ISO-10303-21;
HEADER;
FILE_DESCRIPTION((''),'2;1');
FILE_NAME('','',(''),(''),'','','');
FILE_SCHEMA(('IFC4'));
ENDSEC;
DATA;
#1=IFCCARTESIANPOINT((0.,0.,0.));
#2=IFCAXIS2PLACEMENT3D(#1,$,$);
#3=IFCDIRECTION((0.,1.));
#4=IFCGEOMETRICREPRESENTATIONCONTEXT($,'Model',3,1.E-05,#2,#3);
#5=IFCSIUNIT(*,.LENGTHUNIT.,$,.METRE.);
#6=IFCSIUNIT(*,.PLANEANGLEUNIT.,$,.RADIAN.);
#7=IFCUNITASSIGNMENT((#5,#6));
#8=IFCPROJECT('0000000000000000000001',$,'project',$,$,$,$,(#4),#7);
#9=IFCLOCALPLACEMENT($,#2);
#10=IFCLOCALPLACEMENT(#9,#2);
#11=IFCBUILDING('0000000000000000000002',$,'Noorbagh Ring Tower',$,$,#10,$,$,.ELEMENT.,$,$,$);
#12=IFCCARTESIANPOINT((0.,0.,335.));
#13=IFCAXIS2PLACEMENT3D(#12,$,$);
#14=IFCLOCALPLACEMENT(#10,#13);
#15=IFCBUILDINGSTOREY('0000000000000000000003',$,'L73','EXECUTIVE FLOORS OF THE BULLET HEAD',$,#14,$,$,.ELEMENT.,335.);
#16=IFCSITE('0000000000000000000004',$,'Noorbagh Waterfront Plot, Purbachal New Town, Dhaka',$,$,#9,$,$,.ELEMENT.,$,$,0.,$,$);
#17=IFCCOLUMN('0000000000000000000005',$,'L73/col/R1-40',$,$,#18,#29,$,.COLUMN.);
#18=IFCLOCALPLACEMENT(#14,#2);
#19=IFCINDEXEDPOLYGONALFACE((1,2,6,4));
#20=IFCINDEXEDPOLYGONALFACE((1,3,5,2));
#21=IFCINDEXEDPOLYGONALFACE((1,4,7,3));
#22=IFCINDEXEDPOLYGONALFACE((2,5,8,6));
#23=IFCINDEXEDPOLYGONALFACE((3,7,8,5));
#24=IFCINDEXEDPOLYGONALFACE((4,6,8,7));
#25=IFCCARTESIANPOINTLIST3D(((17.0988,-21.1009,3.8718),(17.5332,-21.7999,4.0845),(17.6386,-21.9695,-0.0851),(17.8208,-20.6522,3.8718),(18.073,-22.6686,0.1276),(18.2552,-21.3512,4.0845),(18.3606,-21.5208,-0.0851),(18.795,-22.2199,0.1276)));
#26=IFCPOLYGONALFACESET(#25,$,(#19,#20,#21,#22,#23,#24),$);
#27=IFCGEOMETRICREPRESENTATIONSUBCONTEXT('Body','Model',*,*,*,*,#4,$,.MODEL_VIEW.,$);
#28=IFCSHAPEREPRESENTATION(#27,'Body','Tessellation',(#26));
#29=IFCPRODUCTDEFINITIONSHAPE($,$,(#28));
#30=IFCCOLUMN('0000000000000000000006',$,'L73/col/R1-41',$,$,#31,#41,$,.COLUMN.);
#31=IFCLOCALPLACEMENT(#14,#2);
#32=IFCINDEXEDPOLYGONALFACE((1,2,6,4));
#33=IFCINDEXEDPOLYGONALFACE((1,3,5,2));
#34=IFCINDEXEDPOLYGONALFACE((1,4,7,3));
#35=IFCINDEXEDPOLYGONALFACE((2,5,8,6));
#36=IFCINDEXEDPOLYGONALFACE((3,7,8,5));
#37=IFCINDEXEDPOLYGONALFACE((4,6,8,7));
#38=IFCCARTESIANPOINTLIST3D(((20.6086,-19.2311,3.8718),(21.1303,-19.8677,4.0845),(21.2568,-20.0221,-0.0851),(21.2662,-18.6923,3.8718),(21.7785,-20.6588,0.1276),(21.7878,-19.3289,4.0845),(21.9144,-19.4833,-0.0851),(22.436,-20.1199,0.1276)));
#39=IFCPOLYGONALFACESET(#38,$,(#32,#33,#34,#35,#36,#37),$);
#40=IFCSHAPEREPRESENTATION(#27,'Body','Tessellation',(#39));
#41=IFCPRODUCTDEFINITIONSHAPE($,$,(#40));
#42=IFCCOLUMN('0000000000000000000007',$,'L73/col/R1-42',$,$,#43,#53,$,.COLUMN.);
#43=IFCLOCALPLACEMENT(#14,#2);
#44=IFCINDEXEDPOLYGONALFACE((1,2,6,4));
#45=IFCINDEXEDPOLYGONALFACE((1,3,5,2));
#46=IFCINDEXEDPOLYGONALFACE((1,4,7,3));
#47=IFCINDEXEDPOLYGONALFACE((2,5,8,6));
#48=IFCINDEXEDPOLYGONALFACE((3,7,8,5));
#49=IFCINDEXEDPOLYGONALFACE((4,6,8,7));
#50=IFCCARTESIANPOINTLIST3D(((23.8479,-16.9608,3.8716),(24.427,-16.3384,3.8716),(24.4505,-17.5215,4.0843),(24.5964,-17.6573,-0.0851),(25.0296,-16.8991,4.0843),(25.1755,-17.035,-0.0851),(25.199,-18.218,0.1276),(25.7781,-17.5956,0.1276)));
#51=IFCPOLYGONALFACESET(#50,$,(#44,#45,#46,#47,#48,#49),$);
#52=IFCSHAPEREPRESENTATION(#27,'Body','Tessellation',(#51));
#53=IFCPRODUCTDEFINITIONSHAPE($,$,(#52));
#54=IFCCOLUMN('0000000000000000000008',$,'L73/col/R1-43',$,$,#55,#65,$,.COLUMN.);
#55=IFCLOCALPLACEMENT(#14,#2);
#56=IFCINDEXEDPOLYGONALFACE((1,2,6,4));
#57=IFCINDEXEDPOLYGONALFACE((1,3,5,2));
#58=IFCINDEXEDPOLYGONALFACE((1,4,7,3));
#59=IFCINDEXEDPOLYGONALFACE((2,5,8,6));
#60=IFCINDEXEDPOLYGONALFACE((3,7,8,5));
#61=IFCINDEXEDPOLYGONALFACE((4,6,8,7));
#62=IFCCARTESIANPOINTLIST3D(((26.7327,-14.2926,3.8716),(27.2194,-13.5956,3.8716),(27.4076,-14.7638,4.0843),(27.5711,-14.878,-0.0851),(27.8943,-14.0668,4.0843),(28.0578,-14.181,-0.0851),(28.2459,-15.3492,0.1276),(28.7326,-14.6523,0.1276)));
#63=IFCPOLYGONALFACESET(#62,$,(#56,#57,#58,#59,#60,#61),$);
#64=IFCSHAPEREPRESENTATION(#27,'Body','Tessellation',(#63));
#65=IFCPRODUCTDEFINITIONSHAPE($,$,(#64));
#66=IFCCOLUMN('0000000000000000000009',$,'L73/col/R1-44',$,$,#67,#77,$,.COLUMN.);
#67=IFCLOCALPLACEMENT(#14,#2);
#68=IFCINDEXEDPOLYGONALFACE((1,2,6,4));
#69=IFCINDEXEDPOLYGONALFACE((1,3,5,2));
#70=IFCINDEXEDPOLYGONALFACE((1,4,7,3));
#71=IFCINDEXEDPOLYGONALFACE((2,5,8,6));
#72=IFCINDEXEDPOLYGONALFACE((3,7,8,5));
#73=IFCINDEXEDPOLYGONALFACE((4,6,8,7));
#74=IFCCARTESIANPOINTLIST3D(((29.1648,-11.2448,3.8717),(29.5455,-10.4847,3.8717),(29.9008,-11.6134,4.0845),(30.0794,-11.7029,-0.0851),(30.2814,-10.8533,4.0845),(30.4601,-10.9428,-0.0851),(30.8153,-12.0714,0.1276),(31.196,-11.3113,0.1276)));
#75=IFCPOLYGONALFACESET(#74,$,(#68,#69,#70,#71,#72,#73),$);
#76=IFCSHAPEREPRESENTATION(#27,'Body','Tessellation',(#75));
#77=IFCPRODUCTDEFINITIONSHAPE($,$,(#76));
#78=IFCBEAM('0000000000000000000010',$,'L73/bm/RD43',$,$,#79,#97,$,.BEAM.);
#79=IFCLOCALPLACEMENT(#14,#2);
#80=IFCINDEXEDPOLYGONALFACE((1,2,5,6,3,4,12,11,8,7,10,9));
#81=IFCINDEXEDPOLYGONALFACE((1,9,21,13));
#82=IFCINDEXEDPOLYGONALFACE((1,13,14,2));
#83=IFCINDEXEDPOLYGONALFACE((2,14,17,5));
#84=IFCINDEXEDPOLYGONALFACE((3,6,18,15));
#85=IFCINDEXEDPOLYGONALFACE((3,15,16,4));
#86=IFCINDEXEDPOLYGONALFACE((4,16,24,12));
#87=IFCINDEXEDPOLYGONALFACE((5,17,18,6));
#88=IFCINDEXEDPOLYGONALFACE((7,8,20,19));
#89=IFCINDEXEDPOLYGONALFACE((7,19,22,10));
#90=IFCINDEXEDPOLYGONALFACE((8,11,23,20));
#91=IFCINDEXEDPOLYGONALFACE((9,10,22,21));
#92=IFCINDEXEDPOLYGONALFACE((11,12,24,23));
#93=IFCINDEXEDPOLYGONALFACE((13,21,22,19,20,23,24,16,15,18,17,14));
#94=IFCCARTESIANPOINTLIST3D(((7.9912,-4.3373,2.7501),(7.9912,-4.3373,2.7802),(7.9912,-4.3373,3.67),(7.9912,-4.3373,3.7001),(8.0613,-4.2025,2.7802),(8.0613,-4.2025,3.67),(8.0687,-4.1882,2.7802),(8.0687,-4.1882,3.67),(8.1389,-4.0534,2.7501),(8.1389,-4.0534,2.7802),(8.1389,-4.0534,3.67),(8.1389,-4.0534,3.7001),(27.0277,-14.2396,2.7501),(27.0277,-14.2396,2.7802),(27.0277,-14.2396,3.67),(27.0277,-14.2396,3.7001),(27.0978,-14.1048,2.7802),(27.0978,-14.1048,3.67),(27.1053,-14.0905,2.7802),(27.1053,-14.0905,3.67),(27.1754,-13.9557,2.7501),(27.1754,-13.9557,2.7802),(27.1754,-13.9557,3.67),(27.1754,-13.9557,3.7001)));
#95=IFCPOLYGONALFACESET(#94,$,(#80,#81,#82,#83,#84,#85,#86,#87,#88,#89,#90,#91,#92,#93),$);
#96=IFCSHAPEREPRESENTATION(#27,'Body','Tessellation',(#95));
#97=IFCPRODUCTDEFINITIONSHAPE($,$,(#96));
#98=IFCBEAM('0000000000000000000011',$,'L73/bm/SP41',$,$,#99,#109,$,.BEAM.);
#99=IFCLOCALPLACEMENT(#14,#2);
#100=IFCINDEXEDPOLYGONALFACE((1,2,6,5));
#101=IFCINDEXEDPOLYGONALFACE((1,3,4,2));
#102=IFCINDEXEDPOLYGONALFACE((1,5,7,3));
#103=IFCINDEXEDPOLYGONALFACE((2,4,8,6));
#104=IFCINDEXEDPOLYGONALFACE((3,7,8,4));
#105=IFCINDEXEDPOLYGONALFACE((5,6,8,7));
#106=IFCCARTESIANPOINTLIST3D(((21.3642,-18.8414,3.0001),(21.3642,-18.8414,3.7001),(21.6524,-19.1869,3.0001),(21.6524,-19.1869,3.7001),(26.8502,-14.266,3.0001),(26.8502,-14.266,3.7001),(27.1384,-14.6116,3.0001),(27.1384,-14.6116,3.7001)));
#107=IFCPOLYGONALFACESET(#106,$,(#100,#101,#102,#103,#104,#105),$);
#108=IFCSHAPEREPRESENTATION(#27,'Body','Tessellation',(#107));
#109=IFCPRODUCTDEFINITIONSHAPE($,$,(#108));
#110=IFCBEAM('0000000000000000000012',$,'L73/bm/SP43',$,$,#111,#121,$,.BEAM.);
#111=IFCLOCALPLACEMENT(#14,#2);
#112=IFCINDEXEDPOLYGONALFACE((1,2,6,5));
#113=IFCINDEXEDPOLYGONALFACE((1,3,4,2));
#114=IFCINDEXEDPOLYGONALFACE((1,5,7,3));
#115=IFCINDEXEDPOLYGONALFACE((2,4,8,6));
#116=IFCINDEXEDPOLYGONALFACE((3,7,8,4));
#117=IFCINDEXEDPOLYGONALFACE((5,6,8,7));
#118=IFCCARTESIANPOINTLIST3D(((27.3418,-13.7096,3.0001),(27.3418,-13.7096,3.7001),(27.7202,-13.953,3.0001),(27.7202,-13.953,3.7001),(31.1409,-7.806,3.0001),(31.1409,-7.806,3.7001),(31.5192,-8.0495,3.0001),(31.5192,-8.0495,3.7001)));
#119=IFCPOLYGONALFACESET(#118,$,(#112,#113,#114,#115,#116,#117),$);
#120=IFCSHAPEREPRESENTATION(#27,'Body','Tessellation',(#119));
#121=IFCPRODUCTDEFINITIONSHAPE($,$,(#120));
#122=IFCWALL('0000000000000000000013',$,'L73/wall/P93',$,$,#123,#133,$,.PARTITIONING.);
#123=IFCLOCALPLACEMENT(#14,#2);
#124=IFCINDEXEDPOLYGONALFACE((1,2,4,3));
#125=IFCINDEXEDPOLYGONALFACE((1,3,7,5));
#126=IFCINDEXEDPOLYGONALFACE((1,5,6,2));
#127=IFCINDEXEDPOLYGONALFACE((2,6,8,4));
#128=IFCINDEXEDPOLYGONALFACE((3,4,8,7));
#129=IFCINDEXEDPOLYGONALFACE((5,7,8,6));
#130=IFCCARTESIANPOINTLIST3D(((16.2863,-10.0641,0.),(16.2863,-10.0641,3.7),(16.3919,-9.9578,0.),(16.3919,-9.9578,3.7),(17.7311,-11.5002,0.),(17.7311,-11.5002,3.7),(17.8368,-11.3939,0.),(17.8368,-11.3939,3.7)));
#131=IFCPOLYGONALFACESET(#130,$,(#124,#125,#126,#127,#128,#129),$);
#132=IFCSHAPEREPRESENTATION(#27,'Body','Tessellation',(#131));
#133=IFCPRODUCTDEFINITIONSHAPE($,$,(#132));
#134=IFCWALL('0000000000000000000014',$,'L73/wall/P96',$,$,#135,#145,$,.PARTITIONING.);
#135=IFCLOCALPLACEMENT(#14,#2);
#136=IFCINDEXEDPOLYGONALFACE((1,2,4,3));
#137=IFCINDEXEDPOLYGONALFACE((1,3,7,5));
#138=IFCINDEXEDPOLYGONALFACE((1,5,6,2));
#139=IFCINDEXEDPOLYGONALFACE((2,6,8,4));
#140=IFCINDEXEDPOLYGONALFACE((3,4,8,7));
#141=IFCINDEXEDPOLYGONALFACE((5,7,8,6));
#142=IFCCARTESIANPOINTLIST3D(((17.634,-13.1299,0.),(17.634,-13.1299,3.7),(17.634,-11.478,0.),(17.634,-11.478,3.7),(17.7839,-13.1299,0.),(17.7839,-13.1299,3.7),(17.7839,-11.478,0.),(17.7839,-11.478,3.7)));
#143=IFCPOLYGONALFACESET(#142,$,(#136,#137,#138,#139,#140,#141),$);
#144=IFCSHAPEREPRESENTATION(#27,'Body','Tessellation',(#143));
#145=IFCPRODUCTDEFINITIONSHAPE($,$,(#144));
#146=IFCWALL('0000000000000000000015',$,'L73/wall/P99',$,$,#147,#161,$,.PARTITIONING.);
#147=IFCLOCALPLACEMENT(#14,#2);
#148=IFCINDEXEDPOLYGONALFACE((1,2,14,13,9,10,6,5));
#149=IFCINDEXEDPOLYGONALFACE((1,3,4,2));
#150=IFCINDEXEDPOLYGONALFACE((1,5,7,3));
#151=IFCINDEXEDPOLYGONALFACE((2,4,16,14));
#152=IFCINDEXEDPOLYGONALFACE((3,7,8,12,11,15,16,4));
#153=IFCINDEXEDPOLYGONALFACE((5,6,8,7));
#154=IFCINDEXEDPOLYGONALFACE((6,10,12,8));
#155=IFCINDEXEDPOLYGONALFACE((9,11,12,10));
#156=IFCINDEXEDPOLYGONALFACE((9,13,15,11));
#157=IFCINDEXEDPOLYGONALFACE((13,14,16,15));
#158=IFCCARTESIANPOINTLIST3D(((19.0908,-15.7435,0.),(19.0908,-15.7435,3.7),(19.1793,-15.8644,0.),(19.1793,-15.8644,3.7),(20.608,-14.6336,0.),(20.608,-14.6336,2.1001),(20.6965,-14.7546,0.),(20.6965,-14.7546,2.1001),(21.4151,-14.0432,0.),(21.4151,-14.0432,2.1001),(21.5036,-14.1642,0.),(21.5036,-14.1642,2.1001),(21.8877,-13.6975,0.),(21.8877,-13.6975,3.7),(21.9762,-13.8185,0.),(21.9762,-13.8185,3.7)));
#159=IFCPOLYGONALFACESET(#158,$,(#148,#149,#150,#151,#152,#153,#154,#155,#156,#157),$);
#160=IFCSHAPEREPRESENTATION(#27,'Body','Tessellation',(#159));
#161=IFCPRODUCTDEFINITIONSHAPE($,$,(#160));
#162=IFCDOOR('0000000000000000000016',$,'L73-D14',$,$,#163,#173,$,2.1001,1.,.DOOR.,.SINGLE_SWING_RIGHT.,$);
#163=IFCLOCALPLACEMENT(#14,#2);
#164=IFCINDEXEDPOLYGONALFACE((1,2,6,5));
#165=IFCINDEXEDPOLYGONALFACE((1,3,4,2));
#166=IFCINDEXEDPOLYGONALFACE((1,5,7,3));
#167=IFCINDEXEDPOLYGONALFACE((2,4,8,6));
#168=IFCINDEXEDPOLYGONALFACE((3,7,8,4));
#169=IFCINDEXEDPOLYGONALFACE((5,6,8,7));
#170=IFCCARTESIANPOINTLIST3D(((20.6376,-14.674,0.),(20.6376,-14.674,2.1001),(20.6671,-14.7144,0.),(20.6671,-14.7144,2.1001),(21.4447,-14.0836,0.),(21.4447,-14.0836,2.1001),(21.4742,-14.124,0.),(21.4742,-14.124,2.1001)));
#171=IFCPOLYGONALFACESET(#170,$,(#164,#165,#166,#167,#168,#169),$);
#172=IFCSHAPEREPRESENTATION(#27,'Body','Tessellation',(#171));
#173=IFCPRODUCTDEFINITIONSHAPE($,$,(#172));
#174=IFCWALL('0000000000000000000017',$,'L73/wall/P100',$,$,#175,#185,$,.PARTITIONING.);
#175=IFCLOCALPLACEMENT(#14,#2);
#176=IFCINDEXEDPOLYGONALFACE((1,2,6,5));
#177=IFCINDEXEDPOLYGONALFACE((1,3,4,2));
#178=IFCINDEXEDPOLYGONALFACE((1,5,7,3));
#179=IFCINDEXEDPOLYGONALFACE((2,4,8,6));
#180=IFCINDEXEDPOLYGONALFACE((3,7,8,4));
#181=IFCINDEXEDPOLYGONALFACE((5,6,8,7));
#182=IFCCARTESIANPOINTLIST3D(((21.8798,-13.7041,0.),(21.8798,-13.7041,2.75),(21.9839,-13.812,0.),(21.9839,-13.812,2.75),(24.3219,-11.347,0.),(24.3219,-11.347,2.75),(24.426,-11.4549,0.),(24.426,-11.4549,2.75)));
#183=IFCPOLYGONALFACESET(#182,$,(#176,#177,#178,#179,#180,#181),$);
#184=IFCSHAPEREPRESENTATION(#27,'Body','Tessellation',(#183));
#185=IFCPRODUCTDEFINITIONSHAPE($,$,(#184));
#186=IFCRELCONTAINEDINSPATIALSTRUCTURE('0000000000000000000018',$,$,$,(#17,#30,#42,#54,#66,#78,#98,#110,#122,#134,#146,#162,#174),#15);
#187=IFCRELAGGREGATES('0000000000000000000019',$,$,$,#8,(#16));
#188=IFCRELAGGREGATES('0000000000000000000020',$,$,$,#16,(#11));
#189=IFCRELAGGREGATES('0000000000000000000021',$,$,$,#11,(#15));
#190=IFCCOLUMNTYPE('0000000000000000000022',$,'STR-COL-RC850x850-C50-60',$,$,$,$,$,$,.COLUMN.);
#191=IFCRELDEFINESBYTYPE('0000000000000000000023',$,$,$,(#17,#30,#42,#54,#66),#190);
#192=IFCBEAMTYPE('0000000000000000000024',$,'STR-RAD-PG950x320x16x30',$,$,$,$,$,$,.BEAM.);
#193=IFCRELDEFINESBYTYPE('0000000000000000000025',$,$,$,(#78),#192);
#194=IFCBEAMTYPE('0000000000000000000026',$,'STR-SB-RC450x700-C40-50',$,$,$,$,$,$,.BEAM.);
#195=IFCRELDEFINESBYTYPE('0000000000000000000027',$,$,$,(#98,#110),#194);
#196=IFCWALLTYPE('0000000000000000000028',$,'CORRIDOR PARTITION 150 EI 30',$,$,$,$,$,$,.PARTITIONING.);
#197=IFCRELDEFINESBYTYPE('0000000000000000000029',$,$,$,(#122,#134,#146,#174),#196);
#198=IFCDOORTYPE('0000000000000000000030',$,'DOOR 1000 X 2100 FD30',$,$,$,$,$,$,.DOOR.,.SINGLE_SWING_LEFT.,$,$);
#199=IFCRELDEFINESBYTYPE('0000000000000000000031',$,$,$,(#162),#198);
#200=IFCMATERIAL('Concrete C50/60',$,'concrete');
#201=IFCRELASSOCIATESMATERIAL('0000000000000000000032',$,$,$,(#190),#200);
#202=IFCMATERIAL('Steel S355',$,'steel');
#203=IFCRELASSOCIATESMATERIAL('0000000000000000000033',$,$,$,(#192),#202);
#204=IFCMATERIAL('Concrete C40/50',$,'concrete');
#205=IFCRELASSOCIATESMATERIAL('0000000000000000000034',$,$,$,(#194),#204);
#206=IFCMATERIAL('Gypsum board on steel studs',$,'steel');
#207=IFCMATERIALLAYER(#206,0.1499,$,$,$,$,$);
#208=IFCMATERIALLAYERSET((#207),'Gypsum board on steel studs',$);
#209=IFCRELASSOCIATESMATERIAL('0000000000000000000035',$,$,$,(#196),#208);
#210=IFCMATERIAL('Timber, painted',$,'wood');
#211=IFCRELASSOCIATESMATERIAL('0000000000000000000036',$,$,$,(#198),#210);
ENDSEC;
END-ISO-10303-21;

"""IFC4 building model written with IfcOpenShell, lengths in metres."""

from ifc_helpers import new_model, si_unit, direction, frame, frame_2d, origin, origin_2d, place, context, subcontext, project, spatial, rectangle, i_section, extrude, material, layer, layer_set, material_profile, profile_set, type_object, element, fill, save


model = new_model("IFC4")

# Units and contexts
model_context = context("Model", 3, precision=1e-05, world=origin(), true_north=direction((0.0, 1.0)))
body_context = subcontext(model_context, "Body", "Model", "MODEL_VIEW")
ifc_project = project(units=[si_unit("LENGTHUNIT", "METRE"), si_unit("PLANEANGLEUNIT", "RADIAN")], contexts=[model_context])

# Site, building, storey
site_placement = place(None, origin())
site = spatial("IfcSite", under=ifc_project, at=site_placement, Name="Noorbagh Waterfront Plot, Purbachal New Town, Dhaka", CompositionType="ELEMENT", RefElevation=0.0)
building_placement = place(site_placement, origin())
building = spatial("IfcBuilding", under=site, at=building_placement, Name="Noorbagh Ring Tower", CompositionType="ELEMENT")
storey_placement = place(building_placement, frame((0.0, 0.0, 335.0)))
storey = spatial("IfcBuildingStorey", under=building, at=storey_placement, Name="L73", Description="EXECUTIVE FLOORS OF THE BULLET HEAD", CompositionType="ELEMENT", Elevation=335.0)

# Columns
ifc_material_1 = material(Name="Concrete C50/60", Category="concrete")
ifc_material_profile_1 = material_profile(ifc_material_1, rectangle(XDim=0.8501, YDim=0.8501, at=origin_2d()), Name="RC850x850")
ifc_profile_set_1 = profile_set([ifc_material_profile_1], Name="Concrete C50/60")
column_type = type_object("IfcColumnType", Name="STR-COL-RC850x850-C50-60", PredefinedType="COLUMN", material=ifc_profile_set_1)
for number, where, z_axis, x_axis, name in (
    (1, (18.2168, -22.0947, 0.0212), (-0.132082, 0.21255, 0.968182), (-0.849363, -0.527808, 0.0), "L73/col/R1-40"),
    (2, (21.8464, -20.071, 0.0212), (-0.158606, 0.193553, 0.968184), (-0.773478, -0.633823, 0.0), "L73/col/R1-41"),
):
    element("IfcColumn", number, at=place(storey_placement, frame(where, z_axis=z_axis, x_axis=x_axis)), inside=storey, type_object=column_type, Name=name, PredefinedType="COLUMN", context=body_context, shape_type="SweptSolid", body=[
        extrude(rectangle(XDim=0.8501, YDim=0.8501, at=origin_2d()), origin(), (0.0, 0.0, 1.0), 4.0869),
    ])
for number, where, z_axis, x_axis, name in (
    (3, (25.1873, -17.6265, 0.0212), (-0.183161, 0.170436, 0.968196), (-0.68122, -0.732079, 0.0), "L73/col/R1-42"),
    (4, (28.1519, -14.7651, 0.0212), (-0.205144, 0.143254, 0.968191), (-0.572533, -0.819882, 0.0), "L73/col/R1-43"),
):
    element("IfcColumn", number, at=place(storey_placement, frame(where, z_axis=z_axis, x_axis=x_axis)), inside=storey, type_object=column_type, Name=name, PredefinedType="COLUMN", context=body_context, shape_type="SweptSolid", body=[
        extrude(rectangle(XDim=0.8501, YDim=0.8501, at=origin_2d()), origin(), (0.0, 0.0, 1.0), 4.0867),
    ])
column_placement = place(storey_placement, frame((30.6377, -11.5071, 0.0212), z_axis=(-0.223779, 0.112069, 0.968175), x_axis=(-0.447786, -0.894141, 0.0)))
element("IfcColumn", 5, at=column_placement, inside=storey, type_object=column_type, Name="L73/col/R1-44", PredefinedType="COLUMN", context=body_context, shape_type="SweptSolid", body=[
    extrude(rectangle(XDim=0.8501, YDim=0.8501, at=origin_2d()), origin(), (0.0, 0.0, 1.0), 4.0869),
])

# Beams
ifc_material_2 = material(Name="Steel S355", Category="steel")
ifc_material_profile_2 = material_profile(ifc_material_2, i_section(OverallWidth=0.3201, OverallDepth=0.95, WebThickness=0.0161, FlangeThickness=0.03, at=origin_2d()), Name="PG950x320x16x30")
ifc_profile_set_2 = profile_set([ifc_material_profile_2], Name="Steel S355")
beam_type_1 = type_object("IfcBeamType", Name="STR-RAD-PG950x320x16x30", PredefinedType="BEAM", material=ifc_profile_set_2)
beam_1_placement = place(storey_placement, frame((27.1016, -14.0977, 3.2251), z_axis=(-0.887154, 0.461474, 0.0), x_axis=(-0.461474, -0.887154, 0.0)))
element("IfcBeam", 6, at=beam_1_placement, inside=storey, type_object=beam_type_1, Name="L73/bm/RD43", PredefinedType="BEAM", context=body_context, shape_type="SweptSolid", body=[
    extrude(i_section(OverallWidth=0.3201, OverallDepth=0.95, WebThickness=0.0161, FlangeThickness=0.03, at=origin_2d()), origin(), (0.0, 0.0, 1.0), 21.458),
])
ifc_material_3 = material(Name="Concrete C40/50", Category="concrete")
ifc_material_profile_3 = material_profile(ifc_material_3, rectangle(XDim=0.45, YDim=0.7, at=origin_2d()), Name="RC450x700")
ifc_profile_set_3 = profile_set([ifc_material_profile_3], Name="Concrete C40/50")
beam_type_2 = type_object("IfcBeamType", Name="STR-SB-RC450x700-C40-50", PredefinedType="BEAM", material=ifc_profile_set_3)
beam_2_placement = place(storey_placement, frame((21.5083, -19.0142, 3.3501), z_axis=(0.767966, 0.64049, 0.0), x_axis=(-0.64049, 0.767966, 0.0)))
element("IfcBeam", 7, at=beam_2_placement, inside=storey, type_object=beam_type_2, Name="L73/bm/SP41", PredefinedType="BEAM", context=body_context, shape_type="SweptSolid", body=[
    extrude(rectangle(XDim=0.45, YDim=0.7, at=origin_2d()), origin(), (0.0, 0.0, 1.0), 7.1436),
])
beam_3_placement = place(storey_placement, frame((27.531, -13.8313, 3.3501), z_axis=(0.541153, 0.840924, 0.0), x_axis=(-0.840924, 0.541153, 0.0)))
element("IfcBeam", 8, at=beam_3_placement, inside=storey, type_object=beam_type_2, Name="L73/bm/SP43", PredefinedType="BEAM", context=body_context, shape_type="SweptSolid", body=[
    extrude(rectangle(XDim=0.45, YDim=0.7, at=origin_2d()), origin(), (0.0, 0.0, 1.0), 7.0203),
])

# Walls
ifc_material_4 = material(Name="Gypsum board on steel studs", Category="steel")
ifc_layer_1 = layer(ifc_material_4, 0.1499)
ifc_layer_set_1 = layer_set([ifc_layer_1], Name="Gypsum board on steel studs")
wall_type_1 = type_object("IfcWallType", Name="CORRIDOR PARTITION 150 EI 30", PredefinedType="PARTITIONING", material=ifc_layer_set_1)
wall_1_placement = place(storey_placement, frame((16.3391, -10.011, 0.0), z_axis=(0.0, 0.0, 1.0), x_axis=(0.709261, -0.704946, 0.0)))
element("IfcWall", 9, at=wall_1_placement, inside=storey, type_object=wall_type_1, Name="L73/wall/P93", PredefinedType="PARTITIONING", context=body_context, shape_type="SweptSolid", body=[
    extrude(rectangle(XDim=2.0371, YDim=0.1499, at=frame_2d((1.0186, 0.0))), origin(), (0.0, 0.0, 1.0), 3.7),
])
wall_2_placement = place(storey_placement, frame((17.709, -13.1299, 0.0), z_axis=(0.0, 0.0, 1.0), x_axis=(0.0, 1.0, 0.0)))
element("IfcWall", 10, at=wall_2_placement, inside=storey, type_object=wall_type_1, Name="L73/wall/P96", PredefinedType="PARTITIONING", context=body_context, shape_type="SweptSolid", body=[
    extrude(rectangle(XDim=1.6519, YDim=0.1499, at=frame_2d((0.8259, 0.0))), origin(), (0.0, 0.0, 1.0), 3.7),
])

# Wall, opening, door
wall_3_placement = place(storey_placement, frame((19.135, -15.804, 0.0), z_axis=(0.0, 0.0, 1.0), x_axis=(0.807112, 0.590398, 0.0)))
wall_3 = element("IfcWall", 11, at=wall_3_placement, inside=storey, type_object=wall_type_1, Name="L73/wall/P99", PredefinedType="PARTITIONING", context=body_context, shape_type="SweptSolid", body=[
    extrude(rectangle(XDim=3.4653, YDim=0.1499, at=frame_2d((1.7327, 0.0))), origin(), (0.0, 0.0, 1.0), 3.7),
])
opening_placement = place(wall_3_placement, frame((1.8799, 0.0, 0.0)))
opening = element("IfcOpeningElement", 12, at=opening_placement, cuts=wall_3, PredefinedType="OPENING", context=body_context, shape_type="SweptSolid", body=[
    extrude(rectangle(XDim=1.0, YDim=2.1001, at=frame_2d((0.5, 1.05))), frame((0.0, 0.085, 0.0), z_axis=(0.0, -1.0, 0.0), x_axis=(1.0, 0.0, 0.0)), (0.0, 0.0, 1.0), 0.1699),
])
ifc_material_5 = material(Name="Timber, painted", Category="wood")
door_type = type_object("IfcDoorType", Name="DOOR 1000 X 2100 FD30", OperationType="SINGLE_SWING_LEFT", PredefinedType="DOOR", material=ifc_material_5)
door_placement = place(opening_placement, origin())
door = element("IfcDoor", 13, at=door_placement, inside=storey, type_object=door_type, Name="L73-D14", OperationType="SINGLE_SWING_RIGHT", OverallHeight=2.1001, OverallWidth=1.0, PredefinedType="DOOR", context=body_context, shape_type="SweptSolid", body=[
    extrude(rectangle(XDim=1.0, YDim=2.1001, at=frame_2d((0.5, 1.05))), frame((0.0, 0.0249, 0.0), z_axis=(0.0, -1.0, 0.0), x_axis=(1.0, 0.0, 0.0)), (0.0, 0.0, 1.0), 0.05),
])
fill(opening, door)

# Wall
wall_4_placement = place(storey_placement, frame((21.9319, -13.7581, 0.0), z_axis=(0.0, 0.0, 1.0), x_axis=(0.719512, 0.69448, 0.0)))
element("IfcWall", 14, at=wall_4_placement, inside=storey, type_object=wall_type_1, Name="L73/wall/P100", PredefinedType="PARTITIONING", context=body_context, shape_type="SweptSolid", body=[
    extrude(rectangle(XDim=3.394, YDim=0.1499, at=frame_2d((1.697, 0.0))), origin(), (0.0, 0.0, 1.0), 2.75),
])

save(model, "model.ifc")
